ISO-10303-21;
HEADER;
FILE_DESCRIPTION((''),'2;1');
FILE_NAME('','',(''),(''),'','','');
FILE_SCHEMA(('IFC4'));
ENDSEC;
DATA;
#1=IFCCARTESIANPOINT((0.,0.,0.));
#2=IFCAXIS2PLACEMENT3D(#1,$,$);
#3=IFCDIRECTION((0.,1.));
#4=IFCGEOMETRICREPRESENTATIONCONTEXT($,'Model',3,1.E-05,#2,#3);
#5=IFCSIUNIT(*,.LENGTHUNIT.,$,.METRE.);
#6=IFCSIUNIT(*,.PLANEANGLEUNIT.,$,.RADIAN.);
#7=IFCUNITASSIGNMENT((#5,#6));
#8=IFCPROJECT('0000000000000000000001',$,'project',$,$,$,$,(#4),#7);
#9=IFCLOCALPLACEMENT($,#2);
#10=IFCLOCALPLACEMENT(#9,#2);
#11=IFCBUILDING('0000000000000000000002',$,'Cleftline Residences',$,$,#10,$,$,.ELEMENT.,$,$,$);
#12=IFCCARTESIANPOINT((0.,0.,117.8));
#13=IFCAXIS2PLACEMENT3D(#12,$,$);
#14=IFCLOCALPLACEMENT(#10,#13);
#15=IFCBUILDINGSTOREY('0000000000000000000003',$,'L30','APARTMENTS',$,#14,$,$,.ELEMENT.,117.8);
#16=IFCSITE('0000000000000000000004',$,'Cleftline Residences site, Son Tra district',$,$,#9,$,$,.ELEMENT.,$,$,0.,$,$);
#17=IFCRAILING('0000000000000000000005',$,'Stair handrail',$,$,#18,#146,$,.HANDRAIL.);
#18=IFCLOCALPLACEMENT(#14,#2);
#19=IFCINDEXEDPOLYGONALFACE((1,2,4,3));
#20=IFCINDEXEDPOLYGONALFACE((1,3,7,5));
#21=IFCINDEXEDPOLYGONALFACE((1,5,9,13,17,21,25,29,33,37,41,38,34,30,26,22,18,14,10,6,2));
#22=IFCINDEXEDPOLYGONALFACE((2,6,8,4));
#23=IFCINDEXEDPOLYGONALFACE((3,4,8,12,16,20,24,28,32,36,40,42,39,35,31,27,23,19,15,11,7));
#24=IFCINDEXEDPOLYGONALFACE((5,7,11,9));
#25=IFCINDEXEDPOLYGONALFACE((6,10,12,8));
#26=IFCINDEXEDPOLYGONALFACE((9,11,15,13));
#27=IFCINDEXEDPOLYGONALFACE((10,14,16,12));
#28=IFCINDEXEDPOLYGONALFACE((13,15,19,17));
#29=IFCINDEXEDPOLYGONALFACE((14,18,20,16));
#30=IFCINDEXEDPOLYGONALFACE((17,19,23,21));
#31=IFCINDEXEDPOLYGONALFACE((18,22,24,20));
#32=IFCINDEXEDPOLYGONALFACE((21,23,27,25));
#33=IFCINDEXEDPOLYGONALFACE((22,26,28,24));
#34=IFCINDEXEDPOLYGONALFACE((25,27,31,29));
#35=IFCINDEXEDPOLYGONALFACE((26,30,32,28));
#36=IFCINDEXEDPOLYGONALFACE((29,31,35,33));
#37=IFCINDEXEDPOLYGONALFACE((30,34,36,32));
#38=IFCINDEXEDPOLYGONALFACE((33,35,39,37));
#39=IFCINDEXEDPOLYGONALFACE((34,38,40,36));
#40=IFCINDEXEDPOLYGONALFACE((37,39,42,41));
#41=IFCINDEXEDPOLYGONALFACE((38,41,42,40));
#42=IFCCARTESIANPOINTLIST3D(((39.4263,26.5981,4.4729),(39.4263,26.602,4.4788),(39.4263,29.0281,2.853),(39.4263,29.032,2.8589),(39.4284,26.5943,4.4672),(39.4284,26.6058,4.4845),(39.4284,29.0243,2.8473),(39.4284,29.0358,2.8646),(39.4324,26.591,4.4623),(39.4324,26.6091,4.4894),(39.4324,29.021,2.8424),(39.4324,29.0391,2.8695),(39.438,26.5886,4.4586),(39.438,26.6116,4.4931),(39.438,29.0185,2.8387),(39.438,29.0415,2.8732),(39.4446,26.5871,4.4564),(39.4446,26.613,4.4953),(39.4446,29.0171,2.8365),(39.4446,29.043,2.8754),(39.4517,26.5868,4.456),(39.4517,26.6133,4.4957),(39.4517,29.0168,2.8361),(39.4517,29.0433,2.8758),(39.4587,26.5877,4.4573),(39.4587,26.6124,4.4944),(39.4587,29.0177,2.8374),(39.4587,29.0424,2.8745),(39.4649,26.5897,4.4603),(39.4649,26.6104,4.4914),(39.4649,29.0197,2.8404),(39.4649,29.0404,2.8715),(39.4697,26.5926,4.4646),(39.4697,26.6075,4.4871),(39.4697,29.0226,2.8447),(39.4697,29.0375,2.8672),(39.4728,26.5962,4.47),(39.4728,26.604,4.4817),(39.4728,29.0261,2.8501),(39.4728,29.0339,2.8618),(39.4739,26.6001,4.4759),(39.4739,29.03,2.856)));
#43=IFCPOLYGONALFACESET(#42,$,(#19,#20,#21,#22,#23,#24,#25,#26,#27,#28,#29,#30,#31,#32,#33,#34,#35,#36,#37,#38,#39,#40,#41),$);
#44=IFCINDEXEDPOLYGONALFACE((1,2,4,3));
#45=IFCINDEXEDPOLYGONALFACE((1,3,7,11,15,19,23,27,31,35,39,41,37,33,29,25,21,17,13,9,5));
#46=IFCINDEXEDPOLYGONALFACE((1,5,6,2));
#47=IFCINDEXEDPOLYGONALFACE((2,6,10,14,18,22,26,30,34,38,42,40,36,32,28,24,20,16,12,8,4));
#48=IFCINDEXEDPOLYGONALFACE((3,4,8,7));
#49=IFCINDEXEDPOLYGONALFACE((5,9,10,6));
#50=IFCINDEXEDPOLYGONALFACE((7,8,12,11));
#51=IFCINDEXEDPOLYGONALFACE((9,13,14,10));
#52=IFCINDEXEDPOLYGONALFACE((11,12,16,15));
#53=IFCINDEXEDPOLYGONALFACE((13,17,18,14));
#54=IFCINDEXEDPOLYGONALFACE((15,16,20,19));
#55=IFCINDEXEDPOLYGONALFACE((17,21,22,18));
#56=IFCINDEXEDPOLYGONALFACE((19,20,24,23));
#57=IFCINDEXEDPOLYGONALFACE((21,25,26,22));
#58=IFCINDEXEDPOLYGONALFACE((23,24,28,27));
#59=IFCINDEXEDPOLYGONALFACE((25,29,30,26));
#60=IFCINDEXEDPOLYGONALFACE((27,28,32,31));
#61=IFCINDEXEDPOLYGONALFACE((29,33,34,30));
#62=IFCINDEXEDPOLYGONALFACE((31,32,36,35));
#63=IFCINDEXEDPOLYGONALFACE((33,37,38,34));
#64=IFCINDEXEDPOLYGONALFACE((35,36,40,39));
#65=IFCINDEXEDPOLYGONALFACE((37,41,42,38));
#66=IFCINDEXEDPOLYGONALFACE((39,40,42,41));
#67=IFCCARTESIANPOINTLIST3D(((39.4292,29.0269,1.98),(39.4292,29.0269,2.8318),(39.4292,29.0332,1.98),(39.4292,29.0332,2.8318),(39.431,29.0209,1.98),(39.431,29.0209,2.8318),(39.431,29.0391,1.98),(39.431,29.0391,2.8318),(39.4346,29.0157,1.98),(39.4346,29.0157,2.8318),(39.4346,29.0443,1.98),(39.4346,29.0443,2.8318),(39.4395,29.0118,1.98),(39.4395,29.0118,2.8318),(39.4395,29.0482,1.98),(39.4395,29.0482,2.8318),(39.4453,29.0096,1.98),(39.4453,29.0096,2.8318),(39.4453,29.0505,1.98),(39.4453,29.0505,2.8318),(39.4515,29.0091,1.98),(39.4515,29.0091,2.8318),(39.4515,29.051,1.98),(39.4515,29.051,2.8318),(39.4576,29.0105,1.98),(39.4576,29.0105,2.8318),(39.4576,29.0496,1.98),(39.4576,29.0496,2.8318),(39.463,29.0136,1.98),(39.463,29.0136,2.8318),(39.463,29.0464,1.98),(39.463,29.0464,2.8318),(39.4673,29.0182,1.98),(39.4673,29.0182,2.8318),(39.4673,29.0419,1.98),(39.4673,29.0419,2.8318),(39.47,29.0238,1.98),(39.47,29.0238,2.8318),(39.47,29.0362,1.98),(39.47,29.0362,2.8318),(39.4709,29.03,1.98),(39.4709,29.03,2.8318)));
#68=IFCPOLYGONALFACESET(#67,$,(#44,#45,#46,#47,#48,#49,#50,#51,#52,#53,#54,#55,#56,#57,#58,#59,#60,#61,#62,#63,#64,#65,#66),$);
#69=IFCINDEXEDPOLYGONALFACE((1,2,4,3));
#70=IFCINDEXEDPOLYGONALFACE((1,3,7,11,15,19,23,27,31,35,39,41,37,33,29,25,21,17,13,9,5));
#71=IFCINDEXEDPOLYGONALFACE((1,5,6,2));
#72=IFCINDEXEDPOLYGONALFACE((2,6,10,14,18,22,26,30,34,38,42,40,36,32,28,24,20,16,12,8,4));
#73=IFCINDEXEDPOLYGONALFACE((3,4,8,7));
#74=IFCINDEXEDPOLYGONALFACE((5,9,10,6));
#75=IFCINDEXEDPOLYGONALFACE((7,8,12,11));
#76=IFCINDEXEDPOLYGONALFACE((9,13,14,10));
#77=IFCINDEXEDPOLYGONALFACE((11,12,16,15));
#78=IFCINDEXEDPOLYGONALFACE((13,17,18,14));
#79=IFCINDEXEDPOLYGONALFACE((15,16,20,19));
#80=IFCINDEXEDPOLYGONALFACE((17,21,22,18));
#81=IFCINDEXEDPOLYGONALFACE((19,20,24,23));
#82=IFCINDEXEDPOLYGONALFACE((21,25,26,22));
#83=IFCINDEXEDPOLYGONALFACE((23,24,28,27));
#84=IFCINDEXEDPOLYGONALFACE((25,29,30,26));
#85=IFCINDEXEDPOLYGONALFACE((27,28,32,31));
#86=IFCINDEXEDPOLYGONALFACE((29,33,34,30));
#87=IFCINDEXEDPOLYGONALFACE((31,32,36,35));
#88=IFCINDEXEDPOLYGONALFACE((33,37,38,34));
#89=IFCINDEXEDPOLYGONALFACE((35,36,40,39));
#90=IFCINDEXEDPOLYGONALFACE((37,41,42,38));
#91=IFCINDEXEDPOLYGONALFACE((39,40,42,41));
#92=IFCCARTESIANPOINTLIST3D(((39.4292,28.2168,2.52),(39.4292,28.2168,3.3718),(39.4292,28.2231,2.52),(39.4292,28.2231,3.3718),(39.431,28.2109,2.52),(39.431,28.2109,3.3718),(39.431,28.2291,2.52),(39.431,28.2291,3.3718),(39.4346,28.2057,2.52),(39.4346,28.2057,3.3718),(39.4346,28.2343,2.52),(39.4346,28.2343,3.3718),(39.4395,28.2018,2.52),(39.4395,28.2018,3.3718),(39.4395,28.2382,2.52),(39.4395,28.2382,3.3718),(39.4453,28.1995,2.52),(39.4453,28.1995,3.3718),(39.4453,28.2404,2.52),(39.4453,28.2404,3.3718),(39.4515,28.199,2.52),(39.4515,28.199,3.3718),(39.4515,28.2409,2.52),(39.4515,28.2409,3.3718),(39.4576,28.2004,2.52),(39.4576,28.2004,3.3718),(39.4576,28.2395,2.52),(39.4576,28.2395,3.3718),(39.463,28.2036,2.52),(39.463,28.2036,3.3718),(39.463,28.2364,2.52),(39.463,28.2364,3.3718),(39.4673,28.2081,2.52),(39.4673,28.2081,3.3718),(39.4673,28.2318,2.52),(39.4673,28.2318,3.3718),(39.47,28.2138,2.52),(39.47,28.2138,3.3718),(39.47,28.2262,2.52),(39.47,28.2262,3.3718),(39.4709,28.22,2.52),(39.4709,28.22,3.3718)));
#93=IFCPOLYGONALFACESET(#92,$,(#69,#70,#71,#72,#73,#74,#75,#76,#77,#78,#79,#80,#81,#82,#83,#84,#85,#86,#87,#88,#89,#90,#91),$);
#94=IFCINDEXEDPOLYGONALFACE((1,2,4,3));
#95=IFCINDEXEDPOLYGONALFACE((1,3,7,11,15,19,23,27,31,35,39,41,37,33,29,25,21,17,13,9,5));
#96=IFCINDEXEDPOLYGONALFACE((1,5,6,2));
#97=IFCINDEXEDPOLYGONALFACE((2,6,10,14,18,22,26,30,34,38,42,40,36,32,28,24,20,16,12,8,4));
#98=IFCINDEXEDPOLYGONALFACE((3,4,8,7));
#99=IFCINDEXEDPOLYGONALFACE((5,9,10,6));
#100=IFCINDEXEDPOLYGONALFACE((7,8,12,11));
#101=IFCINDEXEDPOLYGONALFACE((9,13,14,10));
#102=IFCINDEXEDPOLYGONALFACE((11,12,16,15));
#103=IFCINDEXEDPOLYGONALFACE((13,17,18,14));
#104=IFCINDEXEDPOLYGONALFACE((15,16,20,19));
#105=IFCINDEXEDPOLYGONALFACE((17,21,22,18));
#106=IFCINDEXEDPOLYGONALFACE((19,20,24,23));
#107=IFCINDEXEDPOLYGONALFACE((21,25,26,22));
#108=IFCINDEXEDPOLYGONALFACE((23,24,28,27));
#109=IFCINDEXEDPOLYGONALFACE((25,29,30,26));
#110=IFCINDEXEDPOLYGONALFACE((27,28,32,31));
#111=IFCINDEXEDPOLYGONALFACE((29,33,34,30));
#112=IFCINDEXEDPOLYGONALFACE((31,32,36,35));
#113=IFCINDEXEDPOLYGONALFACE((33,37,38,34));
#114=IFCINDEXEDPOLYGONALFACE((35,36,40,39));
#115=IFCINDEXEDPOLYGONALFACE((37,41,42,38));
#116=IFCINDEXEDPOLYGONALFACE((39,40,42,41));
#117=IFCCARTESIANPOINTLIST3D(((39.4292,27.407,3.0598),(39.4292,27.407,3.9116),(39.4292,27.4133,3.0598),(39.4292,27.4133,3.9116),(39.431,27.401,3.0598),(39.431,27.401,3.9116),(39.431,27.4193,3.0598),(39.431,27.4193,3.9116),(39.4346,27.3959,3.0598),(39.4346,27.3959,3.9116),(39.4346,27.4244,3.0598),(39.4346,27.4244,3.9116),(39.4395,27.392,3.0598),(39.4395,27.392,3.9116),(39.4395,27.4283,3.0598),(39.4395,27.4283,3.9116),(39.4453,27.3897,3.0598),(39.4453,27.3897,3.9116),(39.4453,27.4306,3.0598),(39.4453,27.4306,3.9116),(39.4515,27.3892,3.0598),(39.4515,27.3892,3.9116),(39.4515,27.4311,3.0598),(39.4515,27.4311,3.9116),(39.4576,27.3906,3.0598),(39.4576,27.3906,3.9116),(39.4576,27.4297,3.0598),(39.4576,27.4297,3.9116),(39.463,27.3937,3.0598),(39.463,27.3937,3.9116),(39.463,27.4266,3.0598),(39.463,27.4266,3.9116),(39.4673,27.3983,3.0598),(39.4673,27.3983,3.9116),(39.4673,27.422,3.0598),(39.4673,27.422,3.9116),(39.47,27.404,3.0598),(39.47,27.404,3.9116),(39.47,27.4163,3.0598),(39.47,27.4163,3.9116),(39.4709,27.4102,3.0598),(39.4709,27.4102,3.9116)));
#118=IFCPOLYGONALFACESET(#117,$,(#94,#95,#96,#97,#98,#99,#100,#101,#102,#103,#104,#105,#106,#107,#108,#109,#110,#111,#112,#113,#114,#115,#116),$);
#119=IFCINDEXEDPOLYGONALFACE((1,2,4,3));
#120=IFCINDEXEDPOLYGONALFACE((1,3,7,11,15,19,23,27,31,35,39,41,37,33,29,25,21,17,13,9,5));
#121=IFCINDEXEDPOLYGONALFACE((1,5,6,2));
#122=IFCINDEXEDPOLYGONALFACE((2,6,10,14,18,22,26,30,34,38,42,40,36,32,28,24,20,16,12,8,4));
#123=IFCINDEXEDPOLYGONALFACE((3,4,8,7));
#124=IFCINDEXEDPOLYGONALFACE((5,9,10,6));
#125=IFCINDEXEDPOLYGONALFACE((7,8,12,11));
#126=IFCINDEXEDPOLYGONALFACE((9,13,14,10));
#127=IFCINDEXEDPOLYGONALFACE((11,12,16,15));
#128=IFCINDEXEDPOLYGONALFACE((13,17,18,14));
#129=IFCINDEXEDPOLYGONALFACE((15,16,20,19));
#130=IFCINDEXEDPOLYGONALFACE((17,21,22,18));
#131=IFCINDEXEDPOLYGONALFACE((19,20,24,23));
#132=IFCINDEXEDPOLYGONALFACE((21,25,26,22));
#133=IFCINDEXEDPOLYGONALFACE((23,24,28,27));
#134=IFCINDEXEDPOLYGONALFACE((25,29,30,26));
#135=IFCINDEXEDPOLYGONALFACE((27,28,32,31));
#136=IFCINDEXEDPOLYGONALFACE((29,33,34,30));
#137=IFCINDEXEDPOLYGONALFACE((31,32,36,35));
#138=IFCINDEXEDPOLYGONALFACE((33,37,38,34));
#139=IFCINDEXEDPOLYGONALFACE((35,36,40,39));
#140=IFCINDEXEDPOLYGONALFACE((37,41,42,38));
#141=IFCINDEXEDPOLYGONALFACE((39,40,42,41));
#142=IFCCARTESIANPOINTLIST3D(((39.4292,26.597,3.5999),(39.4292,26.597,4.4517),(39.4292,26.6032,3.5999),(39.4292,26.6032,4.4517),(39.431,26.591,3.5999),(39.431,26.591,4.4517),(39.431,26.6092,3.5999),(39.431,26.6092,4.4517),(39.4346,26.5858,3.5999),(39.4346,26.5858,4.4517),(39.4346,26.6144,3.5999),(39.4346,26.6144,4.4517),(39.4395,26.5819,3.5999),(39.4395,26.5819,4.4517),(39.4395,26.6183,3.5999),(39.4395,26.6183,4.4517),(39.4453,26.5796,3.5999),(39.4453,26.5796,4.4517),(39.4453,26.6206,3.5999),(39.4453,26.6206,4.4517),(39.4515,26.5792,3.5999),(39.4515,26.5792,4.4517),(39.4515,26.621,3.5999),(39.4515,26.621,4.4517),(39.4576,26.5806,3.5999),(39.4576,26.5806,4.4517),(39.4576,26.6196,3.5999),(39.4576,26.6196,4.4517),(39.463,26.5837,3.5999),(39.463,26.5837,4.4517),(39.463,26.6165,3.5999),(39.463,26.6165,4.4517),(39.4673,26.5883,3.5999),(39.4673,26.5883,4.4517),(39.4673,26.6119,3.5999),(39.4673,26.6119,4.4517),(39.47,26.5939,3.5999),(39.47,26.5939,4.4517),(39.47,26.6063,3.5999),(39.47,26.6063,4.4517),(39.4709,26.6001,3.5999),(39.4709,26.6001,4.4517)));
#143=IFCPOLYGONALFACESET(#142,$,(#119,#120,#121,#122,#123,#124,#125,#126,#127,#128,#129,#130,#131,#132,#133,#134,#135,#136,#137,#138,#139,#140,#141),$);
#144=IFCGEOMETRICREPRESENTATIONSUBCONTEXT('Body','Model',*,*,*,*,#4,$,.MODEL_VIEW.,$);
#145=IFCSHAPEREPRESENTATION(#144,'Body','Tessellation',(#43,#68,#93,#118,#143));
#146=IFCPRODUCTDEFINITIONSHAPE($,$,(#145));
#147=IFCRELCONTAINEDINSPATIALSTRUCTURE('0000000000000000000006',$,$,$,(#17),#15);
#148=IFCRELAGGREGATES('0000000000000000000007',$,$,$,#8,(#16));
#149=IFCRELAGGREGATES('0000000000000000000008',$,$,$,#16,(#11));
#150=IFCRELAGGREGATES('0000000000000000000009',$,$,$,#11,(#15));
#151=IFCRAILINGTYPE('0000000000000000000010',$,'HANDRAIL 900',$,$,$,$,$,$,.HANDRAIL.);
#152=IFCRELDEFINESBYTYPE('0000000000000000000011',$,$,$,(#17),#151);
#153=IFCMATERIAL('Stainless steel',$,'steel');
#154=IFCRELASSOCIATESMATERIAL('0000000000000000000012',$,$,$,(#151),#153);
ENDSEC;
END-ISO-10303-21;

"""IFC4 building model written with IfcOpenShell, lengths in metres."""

from ifc_helpers import new_model, si_unit, direction, frame, origin, origin_2d, place, context, subcontext, project, spatial, circle, extrude, material, type_object, element, save


model = new_model("IFC4")

# Units and contexts
model_context = context("Model", 3, precision=1e-05, world=origin(), true_north=direction((0.0, 1.0)))
body_context = subcontext(model_context, "Body", "Model", "MODEL_VIEW")
ifc_project = project(units=[si_unit("LENGTHUNIT", "METRE"), si_unit("PLANEANGLEUNIT", "RADIAN")], contexts=[model_context])

# Site, building, storey
site_placement = place(None, origin())
site = spatial("IfcSite", under=ifc_project, at=site_placement, Name="Cleftline Residences site, Son Tra district", CompositionType="ELEMENT", RefElevation=0.0)
building_placement = place(site_placement, origin())
building = spatial("IfcBuilding", under=site, at=building_placement, Name="Cleftline Residences", CompositionType="ELEMENT")
storey_placement = place(building_placement, frame((0.0, 0.0, 117.8)))
storey = spatial("IfcBuildingStorey", under=building, at=storey_placement, Name="L30", Description="APARTMENTS", CompositionType="ELEMENT", Elevation=117.8)

# Railing
ifc_material_1 = material(Name="Stainless steel", Category="steel")
railing_type = type_object("IfcRailingType", Name="HANDRAIL 900", PredefinedType="HANDRAIL", material=ifc_material_1)
railing_1_placement = place(storey_placement, frame((39.45, 29.03, 1.98)))
element("IfcRailing", 1, at=railing_1_placement, inside=storey, type_object=railing_type, Name="Stair handrail", PredefinedType="HANDRAIL", context=body_context, shape_type="SweptSolid", body=[
    extrude(circle(Radius=0.0239, at=origin_2d()), frame((0.0, 0.0, 0.876), z_axis=(0.0, -0.832063, 0.554681), x_axis=(1.0, 0.0, 0.0)), (0.0, 0.0, 1.0), 2.9204),
    extrude(circle(Radius=0.021, at=origin_2d()), origin(), (0.0, 0.0, 1.0), 0.8518),
    extrude(circle(Radius=0.021, at=origin_2d()), frame((0.0, -0.8101, 0.54)), (0.0, 0.0, 1.0), 0.8518),
    extrude(circle(Radius=0.021, at=origin_2d()), frame((0.0, -1.6199, 1.0798)), (0.0, 0.0, 1.0), 0.8518),
    extrude(circle(Radius=0.021, at=origin_2d()), frame((0.0, -2.4299, 1.6199)), (0.0, 0.0, 1.0), 0.8518),
])

save(model, "model.ifc")
